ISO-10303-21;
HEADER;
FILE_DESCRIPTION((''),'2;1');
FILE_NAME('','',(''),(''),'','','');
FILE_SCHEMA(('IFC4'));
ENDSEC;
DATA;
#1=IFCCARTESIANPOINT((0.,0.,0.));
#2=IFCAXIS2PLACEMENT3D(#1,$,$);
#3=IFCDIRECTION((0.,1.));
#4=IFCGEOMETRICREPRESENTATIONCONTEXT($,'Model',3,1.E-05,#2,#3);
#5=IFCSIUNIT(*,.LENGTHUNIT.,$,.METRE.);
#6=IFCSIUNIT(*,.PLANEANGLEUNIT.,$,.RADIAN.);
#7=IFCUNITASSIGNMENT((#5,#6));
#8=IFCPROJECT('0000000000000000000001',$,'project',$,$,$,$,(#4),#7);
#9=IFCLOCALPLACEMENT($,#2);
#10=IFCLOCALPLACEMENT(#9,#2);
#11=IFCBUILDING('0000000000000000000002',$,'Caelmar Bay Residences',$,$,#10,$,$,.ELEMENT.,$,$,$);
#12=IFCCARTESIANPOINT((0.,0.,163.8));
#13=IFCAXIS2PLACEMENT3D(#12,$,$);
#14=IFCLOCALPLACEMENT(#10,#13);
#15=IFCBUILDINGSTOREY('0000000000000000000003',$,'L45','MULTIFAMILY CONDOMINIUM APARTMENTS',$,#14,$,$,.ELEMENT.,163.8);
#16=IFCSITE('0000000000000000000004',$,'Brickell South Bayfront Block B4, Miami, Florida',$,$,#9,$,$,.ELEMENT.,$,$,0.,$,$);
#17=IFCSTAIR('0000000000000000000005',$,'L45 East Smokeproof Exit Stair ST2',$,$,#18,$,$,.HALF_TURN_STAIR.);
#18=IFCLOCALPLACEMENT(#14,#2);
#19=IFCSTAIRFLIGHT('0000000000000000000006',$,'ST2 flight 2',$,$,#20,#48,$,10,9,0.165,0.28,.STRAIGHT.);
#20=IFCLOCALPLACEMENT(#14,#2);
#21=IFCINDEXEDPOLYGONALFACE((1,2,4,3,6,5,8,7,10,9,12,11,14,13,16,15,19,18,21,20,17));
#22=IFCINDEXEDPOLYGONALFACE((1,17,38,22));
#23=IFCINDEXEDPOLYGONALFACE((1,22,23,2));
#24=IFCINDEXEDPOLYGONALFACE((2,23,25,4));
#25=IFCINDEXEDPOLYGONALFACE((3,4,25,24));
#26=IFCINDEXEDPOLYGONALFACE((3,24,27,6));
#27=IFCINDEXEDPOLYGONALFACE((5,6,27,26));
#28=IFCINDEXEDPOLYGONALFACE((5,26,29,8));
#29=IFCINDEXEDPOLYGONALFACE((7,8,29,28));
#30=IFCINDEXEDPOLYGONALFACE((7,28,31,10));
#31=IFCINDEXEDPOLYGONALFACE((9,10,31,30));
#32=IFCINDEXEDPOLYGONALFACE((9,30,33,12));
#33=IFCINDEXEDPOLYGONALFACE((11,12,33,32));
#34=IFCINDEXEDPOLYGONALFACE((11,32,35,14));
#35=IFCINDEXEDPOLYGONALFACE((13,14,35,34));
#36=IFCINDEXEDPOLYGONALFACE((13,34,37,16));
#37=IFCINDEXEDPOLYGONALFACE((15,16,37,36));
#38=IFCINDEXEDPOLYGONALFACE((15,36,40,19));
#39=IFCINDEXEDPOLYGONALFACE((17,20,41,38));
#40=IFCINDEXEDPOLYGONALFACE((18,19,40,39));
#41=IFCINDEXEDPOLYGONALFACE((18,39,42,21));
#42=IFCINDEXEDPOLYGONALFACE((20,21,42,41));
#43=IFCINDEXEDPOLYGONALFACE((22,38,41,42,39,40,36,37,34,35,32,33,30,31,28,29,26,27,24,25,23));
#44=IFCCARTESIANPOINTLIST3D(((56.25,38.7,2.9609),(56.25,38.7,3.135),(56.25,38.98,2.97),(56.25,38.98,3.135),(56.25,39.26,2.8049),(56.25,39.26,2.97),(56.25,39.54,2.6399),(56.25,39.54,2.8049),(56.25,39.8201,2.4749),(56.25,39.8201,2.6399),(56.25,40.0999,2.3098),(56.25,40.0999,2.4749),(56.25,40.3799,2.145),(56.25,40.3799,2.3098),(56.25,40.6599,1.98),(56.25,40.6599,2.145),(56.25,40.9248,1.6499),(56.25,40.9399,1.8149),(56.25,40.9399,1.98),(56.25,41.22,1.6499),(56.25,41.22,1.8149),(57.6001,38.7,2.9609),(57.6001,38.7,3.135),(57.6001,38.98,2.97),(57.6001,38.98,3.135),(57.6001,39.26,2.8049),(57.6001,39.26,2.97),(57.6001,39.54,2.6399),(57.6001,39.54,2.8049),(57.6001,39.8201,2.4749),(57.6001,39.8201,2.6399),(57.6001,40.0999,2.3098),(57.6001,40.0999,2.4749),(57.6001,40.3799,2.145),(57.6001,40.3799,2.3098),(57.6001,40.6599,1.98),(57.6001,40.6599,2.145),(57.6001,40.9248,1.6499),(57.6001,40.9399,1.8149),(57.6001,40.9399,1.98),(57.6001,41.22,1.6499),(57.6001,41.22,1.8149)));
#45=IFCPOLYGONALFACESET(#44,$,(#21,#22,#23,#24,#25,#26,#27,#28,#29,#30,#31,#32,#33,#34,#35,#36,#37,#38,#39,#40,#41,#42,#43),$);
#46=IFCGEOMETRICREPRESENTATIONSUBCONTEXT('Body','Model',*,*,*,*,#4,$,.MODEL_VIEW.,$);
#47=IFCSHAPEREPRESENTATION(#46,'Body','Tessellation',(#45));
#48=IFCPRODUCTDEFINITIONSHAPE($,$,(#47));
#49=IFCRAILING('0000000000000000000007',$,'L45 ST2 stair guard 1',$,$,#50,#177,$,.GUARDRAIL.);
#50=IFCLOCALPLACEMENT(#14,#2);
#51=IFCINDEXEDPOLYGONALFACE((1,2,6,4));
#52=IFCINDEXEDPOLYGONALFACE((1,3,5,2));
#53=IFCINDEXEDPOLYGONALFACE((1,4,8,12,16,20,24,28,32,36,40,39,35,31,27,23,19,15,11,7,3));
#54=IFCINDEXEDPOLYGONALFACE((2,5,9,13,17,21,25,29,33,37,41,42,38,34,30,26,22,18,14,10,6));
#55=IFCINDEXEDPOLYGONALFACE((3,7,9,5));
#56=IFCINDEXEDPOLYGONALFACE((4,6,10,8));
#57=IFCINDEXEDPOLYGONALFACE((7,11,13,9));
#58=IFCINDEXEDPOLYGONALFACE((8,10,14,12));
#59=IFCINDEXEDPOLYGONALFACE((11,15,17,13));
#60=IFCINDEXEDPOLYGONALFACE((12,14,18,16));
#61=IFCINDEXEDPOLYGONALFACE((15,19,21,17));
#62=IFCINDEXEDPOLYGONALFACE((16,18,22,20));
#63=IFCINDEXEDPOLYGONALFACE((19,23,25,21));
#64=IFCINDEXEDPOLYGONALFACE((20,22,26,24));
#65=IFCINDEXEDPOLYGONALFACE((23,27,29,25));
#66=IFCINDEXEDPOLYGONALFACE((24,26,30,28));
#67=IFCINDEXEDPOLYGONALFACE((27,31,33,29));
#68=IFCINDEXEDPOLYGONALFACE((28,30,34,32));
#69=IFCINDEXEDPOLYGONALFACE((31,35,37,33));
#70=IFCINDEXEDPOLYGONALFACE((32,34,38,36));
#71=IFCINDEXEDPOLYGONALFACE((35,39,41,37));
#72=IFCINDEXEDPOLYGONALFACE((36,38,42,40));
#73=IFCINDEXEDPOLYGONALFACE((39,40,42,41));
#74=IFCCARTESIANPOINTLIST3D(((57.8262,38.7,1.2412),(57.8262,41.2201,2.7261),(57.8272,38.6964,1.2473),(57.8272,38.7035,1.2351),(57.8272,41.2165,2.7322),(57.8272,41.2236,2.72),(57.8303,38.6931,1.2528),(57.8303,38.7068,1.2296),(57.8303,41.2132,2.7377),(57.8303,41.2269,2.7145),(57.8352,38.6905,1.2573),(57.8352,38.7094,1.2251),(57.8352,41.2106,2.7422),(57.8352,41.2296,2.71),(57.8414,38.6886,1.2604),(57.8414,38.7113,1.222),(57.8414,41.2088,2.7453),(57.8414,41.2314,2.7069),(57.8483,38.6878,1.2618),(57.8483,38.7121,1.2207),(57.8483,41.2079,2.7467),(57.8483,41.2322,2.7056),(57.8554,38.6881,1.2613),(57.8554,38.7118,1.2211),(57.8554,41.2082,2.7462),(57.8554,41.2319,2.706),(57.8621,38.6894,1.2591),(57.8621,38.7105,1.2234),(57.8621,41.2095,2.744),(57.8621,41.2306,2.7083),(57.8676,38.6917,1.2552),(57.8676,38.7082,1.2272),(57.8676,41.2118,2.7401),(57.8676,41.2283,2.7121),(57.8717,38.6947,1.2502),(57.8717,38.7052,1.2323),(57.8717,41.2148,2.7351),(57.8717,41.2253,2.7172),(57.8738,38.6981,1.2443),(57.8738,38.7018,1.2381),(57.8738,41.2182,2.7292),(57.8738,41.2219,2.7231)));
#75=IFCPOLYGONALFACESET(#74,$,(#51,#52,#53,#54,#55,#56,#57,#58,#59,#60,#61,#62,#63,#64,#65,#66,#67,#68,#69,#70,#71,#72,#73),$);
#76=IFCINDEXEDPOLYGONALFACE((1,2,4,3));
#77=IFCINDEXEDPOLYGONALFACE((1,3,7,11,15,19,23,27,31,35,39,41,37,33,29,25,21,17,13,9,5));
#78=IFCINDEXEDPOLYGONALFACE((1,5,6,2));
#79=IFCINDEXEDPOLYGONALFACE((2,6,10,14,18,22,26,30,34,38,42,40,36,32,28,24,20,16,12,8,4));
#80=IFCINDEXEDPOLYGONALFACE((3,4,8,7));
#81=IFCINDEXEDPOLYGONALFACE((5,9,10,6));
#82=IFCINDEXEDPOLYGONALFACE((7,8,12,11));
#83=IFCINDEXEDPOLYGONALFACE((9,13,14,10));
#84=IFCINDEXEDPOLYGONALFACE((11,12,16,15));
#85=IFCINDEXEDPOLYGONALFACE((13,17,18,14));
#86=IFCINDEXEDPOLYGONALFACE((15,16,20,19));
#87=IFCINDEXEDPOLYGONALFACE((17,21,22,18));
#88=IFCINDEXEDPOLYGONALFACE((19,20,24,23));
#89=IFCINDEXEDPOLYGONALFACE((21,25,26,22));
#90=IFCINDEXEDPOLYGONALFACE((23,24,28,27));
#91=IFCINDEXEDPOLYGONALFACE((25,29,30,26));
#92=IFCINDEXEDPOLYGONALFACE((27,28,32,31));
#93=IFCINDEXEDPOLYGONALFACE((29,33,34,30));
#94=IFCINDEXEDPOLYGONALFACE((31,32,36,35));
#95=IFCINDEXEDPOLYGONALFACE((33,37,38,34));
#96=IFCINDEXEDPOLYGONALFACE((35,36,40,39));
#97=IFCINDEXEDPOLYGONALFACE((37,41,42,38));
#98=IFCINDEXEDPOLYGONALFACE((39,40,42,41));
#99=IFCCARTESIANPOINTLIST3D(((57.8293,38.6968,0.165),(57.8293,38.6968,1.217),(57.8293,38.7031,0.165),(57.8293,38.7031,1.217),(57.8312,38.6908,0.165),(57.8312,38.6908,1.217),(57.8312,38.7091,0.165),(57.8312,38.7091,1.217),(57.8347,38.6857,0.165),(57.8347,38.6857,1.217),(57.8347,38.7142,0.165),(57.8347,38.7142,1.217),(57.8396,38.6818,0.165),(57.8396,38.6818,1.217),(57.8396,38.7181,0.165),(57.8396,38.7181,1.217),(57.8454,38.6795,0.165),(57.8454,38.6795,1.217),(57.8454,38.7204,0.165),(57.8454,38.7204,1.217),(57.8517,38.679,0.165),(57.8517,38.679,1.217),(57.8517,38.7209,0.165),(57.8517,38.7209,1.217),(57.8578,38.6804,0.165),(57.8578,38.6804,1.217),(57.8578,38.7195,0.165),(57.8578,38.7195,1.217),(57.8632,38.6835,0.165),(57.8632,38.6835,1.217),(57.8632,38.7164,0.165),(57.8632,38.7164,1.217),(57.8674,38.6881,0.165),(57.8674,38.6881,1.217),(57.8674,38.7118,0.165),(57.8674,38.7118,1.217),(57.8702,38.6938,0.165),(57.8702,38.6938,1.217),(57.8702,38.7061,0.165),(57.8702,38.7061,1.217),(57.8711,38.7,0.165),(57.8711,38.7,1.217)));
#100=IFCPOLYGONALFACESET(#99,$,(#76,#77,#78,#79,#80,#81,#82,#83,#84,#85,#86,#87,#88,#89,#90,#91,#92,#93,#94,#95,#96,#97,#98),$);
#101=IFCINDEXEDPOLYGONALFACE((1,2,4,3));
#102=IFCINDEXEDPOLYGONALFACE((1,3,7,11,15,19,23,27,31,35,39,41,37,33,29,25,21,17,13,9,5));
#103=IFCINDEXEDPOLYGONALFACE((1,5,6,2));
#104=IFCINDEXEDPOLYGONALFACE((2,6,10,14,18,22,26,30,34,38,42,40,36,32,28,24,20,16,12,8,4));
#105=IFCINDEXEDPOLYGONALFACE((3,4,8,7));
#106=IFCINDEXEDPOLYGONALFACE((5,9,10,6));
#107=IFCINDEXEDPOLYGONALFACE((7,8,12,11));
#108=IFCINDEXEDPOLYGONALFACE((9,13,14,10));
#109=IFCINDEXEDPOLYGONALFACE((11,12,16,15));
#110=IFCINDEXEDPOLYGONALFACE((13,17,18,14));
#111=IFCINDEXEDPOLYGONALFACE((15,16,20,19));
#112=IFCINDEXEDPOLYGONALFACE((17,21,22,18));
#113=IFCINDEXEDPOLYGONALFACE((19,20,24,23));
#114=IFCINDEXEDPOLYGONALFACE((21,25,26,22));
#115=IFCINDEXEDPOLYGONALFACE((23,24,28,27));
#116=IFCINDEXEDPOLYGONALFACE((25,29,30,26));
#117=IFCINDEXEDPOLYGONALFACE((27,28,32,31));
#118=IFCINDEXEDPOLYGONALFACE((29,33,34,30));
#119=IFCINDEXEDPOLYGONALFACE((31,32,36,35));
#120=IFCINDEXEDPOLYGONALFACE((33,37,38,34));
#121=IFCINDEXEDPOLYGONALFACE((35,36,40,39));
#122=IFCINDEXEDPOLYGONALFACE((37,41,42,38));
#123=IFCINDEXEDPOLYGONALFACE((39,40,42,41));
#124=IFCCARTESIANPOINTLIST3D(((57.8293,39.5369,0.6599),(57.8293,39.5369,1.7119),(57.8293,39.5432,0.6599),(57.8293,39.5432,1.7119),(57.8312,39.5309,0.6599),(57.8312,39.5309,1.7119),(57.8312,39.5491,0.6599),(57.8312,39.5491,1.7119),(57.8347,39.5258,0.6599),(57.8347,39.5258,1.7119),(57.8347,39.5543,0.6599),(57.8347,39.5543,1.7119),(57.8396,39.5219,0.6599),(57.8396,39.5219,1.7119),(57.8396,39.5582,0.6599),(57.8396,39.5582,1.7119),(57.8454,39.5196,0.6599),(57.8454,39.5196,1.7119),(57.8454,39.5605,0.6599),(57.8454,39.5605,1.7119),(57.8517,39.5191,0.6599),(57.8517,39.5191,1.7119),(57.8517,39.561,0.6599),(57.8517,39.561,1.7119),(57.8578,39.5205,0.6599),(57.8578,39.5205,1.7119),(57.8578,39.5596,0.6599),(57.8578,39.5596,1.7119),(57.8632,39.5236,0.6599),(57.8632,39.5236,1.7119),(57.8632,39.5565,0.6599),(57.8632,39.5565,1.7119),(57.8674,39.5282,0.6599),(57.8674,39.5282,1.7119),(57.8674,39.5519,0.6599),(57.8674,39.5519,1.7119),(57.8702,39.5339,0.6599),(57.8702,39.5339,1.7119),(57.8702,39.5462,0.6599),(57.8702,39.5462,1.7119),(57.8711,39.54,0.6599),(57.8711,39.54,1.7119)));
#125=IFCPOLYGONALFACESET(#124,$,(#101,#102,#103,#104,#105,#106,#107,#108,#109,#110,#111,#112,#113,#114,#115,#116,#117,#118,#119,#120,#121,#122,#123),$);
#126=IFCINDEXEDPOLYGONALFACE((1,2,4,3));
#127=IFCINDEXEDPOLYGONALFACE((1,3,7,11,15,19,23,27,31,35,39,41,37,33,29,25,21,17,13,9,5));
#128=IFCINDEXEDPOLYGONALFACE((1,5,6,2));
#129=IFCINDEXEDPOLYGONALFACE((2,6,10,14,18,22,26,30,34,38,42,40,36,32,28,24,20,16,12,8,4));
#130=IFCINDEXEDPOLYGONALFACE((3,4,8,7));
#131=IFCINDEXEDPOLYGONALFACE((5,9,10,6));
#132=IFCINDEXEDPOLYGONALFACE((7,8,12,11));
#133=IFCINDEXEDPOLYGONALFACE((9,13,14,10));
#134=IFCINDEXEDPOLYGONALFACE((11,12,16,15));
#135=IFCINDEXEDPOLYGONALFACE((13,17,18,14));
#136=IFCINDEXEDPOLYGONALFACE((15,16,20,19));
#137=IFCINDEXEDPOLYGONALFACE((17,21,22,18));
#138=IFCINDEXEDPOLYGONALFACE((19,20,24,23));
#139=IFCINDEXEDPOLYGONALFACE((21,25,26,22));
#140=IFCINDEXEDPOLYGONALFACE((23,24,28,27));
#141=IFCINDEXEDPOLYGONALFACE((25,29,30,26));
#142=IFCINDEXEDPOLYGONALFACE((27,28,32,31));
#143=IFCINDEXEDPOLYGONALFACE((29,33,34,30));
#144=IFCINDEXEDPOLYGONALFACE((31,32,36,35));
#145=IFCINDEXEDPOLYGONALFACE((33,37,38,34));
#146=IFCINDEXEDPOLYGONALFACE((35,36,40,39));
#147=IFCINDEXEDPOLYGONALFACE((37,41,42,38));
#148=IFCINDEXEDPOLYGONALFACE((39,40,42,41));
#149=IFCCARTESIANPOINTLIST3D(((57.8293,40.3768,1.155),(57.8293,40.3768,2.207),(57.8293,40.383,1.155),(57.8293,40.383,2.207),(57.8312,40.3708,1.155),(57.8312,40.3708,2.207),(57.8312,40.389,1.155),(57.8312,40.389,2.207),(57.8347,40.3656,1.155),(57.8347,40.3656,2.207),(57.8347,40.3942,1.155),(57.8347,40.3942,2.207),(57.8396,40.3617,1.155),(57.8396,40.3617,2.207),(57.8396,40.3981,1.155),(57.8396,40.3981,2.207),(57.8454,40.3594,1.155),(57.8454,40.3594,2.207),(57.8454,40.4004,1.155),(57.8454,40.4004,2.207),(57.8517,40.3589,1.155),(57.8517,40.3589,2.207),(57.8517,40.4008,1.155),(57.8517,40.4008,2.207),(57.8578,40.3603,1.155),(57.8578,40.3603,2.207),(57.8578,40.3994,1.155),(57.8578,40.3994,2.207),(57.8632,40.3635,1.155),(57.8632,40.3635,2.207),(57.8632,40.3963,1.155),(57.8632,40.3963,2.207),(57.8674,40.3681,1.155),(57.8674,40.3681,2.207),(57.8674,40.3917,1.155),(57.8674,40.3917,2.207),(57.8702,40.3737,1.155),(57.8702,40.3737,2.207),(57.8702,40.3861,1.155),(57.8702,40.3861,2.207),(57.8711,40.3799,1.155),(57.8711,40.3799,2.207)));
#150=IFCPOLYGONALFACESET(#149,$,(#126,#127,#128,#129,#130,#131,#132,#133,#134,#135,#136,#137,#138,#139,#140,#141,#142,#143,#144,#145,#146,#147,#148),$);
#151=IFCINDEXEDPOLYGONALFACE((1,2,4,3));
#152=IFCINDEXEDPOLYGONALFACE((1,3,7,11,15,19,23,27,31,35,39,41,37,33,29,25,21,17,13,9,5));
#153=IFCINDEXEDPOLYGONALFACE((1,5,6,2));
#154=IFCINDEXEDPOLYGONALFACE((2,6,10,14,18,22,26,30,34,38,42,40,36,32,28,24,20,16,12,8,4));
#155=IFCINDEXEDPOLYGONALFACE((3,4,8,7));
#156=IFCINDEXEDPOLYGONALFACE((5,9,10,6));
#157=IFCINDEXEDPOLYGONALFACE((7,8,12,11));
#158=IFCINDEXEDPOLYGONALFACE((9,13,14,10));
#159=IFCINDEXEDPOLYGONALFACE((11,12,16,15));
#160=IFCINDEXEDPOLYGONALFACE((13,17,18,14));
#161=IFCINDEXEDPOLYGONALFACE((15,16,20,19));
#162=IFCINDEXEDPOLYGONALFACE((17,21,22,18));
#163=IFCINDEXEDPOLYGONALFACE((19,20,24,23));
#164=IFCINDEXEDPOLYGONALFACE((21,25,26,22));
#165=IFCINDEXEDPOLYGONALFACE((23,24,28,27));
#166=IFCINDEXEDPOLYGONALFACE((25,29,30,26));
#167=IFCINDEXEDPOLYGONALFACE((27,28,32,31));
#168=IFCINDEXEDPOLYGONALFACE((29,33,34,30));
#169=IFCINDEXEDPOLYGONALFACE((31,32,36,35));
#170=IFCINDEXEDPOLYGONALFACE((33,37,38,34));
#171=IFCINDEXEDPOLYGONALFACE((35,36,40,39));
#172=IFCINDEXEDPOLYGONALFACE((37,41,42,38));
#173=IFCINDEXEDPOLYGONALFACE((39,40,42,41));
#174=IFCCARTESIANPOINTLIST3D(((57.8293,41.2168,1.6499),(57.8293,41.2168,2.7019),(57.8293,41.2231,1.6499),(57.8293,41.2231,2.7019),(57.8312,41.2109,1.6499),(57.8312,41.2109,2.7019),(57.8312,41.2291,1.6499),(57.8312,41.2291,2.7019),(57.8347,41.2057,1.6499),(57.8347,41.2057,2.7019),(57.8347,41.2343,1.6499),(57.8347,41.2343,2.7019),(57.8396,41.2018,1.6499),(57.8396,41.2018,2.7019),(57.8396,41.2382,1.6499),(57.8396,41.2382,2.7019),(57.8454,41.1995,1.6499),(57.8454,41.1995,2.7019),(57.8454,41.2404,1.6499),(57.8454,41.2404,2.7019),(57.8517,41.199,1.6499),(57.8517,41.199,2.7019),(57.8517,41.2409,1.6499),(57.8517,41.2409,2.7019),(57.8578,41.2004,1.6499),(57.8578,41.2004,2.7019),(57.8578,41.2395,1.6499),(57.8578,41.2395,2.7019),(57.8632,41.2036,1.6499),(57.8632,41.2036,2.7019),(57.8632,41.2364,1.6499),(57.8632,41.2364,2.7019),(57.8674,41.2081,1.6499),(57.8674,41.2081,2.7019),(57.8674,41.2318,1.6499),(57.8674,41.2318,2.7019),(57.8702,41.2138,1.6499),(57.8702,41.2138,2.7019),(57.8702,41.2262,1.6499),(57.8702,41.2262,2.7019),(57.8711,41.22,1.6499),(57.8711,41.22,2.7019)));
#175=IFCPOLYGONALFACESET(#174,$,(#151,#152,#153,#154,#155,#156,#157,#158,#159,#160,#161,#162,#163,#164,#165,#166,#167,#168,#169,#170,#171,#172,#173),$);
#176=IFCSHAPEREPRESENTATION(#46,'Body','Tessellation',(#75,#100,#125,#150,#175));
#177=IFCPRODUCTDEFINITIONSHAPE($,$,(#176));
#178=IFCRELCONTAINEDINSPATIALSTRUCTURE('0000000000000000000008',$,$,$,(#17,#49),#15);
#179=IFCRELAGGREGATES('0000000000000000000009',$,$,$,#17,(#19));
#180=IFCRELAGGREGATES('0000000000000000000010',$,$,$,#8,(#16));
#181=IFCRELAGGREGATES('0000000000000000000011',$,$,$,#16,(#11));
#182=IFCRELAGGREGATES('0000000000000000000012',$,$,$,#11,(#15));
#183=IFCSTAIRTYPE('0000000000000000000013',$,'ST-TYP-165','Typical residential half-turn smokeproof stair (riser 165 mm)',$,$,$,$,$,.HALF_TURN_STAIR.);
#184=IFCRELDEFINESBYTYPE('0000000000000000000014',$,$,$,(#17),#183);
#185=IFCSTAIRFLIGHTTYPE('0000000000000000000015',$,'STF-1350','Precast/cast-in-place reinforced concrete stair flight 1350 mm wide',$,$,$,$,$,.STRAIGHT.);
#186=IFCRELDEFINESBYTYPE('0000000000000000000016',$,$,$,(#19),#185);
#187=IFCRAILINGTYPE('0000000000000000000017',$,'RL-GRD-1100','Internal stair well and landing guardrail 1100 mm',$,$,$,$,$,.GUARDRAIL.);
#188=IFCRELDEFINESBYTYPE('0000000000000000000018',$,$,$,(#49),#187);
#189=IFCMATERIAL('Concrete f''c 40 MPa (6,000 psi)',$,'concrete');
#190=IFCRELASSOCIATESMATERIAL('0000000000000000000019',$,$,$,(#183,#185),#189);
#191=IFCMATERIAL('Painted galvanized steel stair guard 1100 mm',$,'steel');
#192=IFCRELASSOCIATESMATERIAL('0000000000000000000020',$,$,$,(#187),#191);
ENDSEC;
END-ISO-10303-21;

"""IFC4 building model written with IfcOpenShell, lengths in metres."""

from ifc_helpers import new_model, si_unit, direction, frame, origin, origin_2d, place, context, subcontext, project, spatial, polyline, circle, outline, extrude, material, type_object, element, aggregate, save


model = new_model("IFC4")

# Units and contexts
model_context = context("Model", 3, precision=1e-05, world=origin(), true_north=direction((0.0, 1.0)))
body_context = subcontext(model_context, "Body", "Model", "MODEL_VIEW")
ifc_project = project(units=[si_unit("LENGTHUNIT", "METRE"), si_unit("PLANEANGLEUNIT", "RADIAN")], contexts=[model_context])

# Site, building, storey
site_placement = place(None, origin())
site = spatial("IfcSite", under=ifc_project, at=site_placement, Name="Brickell South Bayfront Block B4, Miami, Florida", CompositionType="ELEMENT", RefElevation=0.0)
building_placement = place(site_placement, origin())
building = spatial("IfcBuilding", under=site, at=building_placement, Name="Caelmar Bay Residences", CompositionType="ELEMENT")
storey_placement = place(building_placement, frame((0.0, 0.0, 163.8)))
storey = spatial("IfcBuildingStorey", under=building, at=storey_placement, Name="L45", Description="MULTIFAMILY CONDOMINIUM APARTMENTS", CompositionType="ELEMENT", Elevation=163.8)

# Stair, stair flight
ifc_material_1 = material(Name="Concrete f'c 40 MPa (6,000 psi)", Category="concrete")
stair_type = type_object("IfcStairType", Name="ST-TYP-165", Description="Typical residential half-turn smokeproof stair (riser 165 mm)", PredefinedType="HALF_TURN_STAIR", material=ifc_material_1)
stair_placement = place(storey_placement, origin())
stair = element("IfcStair", 1, at=stair_placement, inside=storey, type_object=stair_type, Name="L45 East Smokeproof Exit Stair ST2", PredefinedType="HALF_TURN_STAIR")
stair_flight_type = type_object("IfcStairFlightType", Name="STF-1350", Description="Precast/cast-in-place reinforced concrete stair flight 1350 mm wide", PredefinedType="STRAIGHT", material=ifc_material_1)
stair_flight_1_placement = place(storey_placement, frame((56.925, 41.22, 1.6499), z_axis=(0.0, 0.0, 1.0), x_axis=(0.0, -1.0, 0.0)))
stair_flight_1 = element("IfcStairFlight", 2, at=stair_flight_1_placement, type_object=stair_flight_type, Name="ST2 flight 2", NumberOfRisers=10, NumberOfTreads=9, PredefinedType="STRAIGHT", RiserHeight=0.165, TreadLength=0.28, context=body_context, shape_type="SweptSolid", body=[
    extrude(outline(polyline([(0.0, 0.0), (0.0, 0.165), (0.28, 0.165), (0.28, 0.3301), (0.5601, 0.3301), (0.5601, 0.4951), (0.8401, 0.4951), (0.8401, 0.6599), (1.1201, 0.6599), (1.1201, 0.825), (1.3999, 0.825), (1.3999, 0.99), (1.6799, 0.99), (1.6799, 1.155), (1.96, 1.155), (1.96, 1.3201), (2.24, 1.3201), (2.24, 1.4851), (2.52, 1.4851), (2.52, 1.6499), (2.52, 1.311), (0.2952, 0.0), (0.0, 0.0)])), frame((0.0, 0.675, 0.0), z_axis=(0.0, -1.0, 0.0), x_axis=(1.0, 0.0, 0.0)), (0.0, 0.0, 1.0), 1.3501),
])
aggregate(stair, [stair_flight_1])

# Railing
ifc_material_2 = material(Name="Painted galvanized steel stair guard 1100 mm", Category="steel")
railing_type_1 = type_object("IfcRailingType", Name="RL-GRD-1100", Description="Internal stair well and landing guardrail 1100 mm", PredefinedType="GUARDRAIL", material=ifc_material_2)
railing_1_placement = place(storey_placement, frame((57.8501, 38.7, 0.165)))
element("IfcRailing", 3, at=railing_1_placement, inside=storey, type_object=railing_type_1, Name="L45 ST2 stair guard 1", PredefinedType="GUARDRAIL", context=body_context, shape_type="SweptSolid", body=[
    extrude(circle(Radius=0.0239, at=origin_2d()), frame((0.0, 0.0, 1.0762), z_axis=(0.0, 0.861561, 0.507655), x_axis=(-1.0, 0.0, 0.0)), (0.0, 0.0, 1.0), 2.925),
    extrude(circle(Radius=0.021, at=origin_2d()), origin(), (0.0, 0.0, 1.0), 1.052),
    extrude(circle(Radius=0.021, at=origin_2d()), frame((0.0, 0.8401, 0.4949)), (0.0, 0.0, 1.0), 1.052),
    extrude(circle(Radius=0.021, at=origin_2d()), frame((0.0, 1.6799, 0.99)), (0.0, 0.0, 1.0), 1.052),
    extrude(circle(Radius=0.021, at=origin_2d()), frame((0.0, 2.52, 1.4849)), (0.0, 0.0, 1.0), 1.052),
])

save(model, "model.ifc")
